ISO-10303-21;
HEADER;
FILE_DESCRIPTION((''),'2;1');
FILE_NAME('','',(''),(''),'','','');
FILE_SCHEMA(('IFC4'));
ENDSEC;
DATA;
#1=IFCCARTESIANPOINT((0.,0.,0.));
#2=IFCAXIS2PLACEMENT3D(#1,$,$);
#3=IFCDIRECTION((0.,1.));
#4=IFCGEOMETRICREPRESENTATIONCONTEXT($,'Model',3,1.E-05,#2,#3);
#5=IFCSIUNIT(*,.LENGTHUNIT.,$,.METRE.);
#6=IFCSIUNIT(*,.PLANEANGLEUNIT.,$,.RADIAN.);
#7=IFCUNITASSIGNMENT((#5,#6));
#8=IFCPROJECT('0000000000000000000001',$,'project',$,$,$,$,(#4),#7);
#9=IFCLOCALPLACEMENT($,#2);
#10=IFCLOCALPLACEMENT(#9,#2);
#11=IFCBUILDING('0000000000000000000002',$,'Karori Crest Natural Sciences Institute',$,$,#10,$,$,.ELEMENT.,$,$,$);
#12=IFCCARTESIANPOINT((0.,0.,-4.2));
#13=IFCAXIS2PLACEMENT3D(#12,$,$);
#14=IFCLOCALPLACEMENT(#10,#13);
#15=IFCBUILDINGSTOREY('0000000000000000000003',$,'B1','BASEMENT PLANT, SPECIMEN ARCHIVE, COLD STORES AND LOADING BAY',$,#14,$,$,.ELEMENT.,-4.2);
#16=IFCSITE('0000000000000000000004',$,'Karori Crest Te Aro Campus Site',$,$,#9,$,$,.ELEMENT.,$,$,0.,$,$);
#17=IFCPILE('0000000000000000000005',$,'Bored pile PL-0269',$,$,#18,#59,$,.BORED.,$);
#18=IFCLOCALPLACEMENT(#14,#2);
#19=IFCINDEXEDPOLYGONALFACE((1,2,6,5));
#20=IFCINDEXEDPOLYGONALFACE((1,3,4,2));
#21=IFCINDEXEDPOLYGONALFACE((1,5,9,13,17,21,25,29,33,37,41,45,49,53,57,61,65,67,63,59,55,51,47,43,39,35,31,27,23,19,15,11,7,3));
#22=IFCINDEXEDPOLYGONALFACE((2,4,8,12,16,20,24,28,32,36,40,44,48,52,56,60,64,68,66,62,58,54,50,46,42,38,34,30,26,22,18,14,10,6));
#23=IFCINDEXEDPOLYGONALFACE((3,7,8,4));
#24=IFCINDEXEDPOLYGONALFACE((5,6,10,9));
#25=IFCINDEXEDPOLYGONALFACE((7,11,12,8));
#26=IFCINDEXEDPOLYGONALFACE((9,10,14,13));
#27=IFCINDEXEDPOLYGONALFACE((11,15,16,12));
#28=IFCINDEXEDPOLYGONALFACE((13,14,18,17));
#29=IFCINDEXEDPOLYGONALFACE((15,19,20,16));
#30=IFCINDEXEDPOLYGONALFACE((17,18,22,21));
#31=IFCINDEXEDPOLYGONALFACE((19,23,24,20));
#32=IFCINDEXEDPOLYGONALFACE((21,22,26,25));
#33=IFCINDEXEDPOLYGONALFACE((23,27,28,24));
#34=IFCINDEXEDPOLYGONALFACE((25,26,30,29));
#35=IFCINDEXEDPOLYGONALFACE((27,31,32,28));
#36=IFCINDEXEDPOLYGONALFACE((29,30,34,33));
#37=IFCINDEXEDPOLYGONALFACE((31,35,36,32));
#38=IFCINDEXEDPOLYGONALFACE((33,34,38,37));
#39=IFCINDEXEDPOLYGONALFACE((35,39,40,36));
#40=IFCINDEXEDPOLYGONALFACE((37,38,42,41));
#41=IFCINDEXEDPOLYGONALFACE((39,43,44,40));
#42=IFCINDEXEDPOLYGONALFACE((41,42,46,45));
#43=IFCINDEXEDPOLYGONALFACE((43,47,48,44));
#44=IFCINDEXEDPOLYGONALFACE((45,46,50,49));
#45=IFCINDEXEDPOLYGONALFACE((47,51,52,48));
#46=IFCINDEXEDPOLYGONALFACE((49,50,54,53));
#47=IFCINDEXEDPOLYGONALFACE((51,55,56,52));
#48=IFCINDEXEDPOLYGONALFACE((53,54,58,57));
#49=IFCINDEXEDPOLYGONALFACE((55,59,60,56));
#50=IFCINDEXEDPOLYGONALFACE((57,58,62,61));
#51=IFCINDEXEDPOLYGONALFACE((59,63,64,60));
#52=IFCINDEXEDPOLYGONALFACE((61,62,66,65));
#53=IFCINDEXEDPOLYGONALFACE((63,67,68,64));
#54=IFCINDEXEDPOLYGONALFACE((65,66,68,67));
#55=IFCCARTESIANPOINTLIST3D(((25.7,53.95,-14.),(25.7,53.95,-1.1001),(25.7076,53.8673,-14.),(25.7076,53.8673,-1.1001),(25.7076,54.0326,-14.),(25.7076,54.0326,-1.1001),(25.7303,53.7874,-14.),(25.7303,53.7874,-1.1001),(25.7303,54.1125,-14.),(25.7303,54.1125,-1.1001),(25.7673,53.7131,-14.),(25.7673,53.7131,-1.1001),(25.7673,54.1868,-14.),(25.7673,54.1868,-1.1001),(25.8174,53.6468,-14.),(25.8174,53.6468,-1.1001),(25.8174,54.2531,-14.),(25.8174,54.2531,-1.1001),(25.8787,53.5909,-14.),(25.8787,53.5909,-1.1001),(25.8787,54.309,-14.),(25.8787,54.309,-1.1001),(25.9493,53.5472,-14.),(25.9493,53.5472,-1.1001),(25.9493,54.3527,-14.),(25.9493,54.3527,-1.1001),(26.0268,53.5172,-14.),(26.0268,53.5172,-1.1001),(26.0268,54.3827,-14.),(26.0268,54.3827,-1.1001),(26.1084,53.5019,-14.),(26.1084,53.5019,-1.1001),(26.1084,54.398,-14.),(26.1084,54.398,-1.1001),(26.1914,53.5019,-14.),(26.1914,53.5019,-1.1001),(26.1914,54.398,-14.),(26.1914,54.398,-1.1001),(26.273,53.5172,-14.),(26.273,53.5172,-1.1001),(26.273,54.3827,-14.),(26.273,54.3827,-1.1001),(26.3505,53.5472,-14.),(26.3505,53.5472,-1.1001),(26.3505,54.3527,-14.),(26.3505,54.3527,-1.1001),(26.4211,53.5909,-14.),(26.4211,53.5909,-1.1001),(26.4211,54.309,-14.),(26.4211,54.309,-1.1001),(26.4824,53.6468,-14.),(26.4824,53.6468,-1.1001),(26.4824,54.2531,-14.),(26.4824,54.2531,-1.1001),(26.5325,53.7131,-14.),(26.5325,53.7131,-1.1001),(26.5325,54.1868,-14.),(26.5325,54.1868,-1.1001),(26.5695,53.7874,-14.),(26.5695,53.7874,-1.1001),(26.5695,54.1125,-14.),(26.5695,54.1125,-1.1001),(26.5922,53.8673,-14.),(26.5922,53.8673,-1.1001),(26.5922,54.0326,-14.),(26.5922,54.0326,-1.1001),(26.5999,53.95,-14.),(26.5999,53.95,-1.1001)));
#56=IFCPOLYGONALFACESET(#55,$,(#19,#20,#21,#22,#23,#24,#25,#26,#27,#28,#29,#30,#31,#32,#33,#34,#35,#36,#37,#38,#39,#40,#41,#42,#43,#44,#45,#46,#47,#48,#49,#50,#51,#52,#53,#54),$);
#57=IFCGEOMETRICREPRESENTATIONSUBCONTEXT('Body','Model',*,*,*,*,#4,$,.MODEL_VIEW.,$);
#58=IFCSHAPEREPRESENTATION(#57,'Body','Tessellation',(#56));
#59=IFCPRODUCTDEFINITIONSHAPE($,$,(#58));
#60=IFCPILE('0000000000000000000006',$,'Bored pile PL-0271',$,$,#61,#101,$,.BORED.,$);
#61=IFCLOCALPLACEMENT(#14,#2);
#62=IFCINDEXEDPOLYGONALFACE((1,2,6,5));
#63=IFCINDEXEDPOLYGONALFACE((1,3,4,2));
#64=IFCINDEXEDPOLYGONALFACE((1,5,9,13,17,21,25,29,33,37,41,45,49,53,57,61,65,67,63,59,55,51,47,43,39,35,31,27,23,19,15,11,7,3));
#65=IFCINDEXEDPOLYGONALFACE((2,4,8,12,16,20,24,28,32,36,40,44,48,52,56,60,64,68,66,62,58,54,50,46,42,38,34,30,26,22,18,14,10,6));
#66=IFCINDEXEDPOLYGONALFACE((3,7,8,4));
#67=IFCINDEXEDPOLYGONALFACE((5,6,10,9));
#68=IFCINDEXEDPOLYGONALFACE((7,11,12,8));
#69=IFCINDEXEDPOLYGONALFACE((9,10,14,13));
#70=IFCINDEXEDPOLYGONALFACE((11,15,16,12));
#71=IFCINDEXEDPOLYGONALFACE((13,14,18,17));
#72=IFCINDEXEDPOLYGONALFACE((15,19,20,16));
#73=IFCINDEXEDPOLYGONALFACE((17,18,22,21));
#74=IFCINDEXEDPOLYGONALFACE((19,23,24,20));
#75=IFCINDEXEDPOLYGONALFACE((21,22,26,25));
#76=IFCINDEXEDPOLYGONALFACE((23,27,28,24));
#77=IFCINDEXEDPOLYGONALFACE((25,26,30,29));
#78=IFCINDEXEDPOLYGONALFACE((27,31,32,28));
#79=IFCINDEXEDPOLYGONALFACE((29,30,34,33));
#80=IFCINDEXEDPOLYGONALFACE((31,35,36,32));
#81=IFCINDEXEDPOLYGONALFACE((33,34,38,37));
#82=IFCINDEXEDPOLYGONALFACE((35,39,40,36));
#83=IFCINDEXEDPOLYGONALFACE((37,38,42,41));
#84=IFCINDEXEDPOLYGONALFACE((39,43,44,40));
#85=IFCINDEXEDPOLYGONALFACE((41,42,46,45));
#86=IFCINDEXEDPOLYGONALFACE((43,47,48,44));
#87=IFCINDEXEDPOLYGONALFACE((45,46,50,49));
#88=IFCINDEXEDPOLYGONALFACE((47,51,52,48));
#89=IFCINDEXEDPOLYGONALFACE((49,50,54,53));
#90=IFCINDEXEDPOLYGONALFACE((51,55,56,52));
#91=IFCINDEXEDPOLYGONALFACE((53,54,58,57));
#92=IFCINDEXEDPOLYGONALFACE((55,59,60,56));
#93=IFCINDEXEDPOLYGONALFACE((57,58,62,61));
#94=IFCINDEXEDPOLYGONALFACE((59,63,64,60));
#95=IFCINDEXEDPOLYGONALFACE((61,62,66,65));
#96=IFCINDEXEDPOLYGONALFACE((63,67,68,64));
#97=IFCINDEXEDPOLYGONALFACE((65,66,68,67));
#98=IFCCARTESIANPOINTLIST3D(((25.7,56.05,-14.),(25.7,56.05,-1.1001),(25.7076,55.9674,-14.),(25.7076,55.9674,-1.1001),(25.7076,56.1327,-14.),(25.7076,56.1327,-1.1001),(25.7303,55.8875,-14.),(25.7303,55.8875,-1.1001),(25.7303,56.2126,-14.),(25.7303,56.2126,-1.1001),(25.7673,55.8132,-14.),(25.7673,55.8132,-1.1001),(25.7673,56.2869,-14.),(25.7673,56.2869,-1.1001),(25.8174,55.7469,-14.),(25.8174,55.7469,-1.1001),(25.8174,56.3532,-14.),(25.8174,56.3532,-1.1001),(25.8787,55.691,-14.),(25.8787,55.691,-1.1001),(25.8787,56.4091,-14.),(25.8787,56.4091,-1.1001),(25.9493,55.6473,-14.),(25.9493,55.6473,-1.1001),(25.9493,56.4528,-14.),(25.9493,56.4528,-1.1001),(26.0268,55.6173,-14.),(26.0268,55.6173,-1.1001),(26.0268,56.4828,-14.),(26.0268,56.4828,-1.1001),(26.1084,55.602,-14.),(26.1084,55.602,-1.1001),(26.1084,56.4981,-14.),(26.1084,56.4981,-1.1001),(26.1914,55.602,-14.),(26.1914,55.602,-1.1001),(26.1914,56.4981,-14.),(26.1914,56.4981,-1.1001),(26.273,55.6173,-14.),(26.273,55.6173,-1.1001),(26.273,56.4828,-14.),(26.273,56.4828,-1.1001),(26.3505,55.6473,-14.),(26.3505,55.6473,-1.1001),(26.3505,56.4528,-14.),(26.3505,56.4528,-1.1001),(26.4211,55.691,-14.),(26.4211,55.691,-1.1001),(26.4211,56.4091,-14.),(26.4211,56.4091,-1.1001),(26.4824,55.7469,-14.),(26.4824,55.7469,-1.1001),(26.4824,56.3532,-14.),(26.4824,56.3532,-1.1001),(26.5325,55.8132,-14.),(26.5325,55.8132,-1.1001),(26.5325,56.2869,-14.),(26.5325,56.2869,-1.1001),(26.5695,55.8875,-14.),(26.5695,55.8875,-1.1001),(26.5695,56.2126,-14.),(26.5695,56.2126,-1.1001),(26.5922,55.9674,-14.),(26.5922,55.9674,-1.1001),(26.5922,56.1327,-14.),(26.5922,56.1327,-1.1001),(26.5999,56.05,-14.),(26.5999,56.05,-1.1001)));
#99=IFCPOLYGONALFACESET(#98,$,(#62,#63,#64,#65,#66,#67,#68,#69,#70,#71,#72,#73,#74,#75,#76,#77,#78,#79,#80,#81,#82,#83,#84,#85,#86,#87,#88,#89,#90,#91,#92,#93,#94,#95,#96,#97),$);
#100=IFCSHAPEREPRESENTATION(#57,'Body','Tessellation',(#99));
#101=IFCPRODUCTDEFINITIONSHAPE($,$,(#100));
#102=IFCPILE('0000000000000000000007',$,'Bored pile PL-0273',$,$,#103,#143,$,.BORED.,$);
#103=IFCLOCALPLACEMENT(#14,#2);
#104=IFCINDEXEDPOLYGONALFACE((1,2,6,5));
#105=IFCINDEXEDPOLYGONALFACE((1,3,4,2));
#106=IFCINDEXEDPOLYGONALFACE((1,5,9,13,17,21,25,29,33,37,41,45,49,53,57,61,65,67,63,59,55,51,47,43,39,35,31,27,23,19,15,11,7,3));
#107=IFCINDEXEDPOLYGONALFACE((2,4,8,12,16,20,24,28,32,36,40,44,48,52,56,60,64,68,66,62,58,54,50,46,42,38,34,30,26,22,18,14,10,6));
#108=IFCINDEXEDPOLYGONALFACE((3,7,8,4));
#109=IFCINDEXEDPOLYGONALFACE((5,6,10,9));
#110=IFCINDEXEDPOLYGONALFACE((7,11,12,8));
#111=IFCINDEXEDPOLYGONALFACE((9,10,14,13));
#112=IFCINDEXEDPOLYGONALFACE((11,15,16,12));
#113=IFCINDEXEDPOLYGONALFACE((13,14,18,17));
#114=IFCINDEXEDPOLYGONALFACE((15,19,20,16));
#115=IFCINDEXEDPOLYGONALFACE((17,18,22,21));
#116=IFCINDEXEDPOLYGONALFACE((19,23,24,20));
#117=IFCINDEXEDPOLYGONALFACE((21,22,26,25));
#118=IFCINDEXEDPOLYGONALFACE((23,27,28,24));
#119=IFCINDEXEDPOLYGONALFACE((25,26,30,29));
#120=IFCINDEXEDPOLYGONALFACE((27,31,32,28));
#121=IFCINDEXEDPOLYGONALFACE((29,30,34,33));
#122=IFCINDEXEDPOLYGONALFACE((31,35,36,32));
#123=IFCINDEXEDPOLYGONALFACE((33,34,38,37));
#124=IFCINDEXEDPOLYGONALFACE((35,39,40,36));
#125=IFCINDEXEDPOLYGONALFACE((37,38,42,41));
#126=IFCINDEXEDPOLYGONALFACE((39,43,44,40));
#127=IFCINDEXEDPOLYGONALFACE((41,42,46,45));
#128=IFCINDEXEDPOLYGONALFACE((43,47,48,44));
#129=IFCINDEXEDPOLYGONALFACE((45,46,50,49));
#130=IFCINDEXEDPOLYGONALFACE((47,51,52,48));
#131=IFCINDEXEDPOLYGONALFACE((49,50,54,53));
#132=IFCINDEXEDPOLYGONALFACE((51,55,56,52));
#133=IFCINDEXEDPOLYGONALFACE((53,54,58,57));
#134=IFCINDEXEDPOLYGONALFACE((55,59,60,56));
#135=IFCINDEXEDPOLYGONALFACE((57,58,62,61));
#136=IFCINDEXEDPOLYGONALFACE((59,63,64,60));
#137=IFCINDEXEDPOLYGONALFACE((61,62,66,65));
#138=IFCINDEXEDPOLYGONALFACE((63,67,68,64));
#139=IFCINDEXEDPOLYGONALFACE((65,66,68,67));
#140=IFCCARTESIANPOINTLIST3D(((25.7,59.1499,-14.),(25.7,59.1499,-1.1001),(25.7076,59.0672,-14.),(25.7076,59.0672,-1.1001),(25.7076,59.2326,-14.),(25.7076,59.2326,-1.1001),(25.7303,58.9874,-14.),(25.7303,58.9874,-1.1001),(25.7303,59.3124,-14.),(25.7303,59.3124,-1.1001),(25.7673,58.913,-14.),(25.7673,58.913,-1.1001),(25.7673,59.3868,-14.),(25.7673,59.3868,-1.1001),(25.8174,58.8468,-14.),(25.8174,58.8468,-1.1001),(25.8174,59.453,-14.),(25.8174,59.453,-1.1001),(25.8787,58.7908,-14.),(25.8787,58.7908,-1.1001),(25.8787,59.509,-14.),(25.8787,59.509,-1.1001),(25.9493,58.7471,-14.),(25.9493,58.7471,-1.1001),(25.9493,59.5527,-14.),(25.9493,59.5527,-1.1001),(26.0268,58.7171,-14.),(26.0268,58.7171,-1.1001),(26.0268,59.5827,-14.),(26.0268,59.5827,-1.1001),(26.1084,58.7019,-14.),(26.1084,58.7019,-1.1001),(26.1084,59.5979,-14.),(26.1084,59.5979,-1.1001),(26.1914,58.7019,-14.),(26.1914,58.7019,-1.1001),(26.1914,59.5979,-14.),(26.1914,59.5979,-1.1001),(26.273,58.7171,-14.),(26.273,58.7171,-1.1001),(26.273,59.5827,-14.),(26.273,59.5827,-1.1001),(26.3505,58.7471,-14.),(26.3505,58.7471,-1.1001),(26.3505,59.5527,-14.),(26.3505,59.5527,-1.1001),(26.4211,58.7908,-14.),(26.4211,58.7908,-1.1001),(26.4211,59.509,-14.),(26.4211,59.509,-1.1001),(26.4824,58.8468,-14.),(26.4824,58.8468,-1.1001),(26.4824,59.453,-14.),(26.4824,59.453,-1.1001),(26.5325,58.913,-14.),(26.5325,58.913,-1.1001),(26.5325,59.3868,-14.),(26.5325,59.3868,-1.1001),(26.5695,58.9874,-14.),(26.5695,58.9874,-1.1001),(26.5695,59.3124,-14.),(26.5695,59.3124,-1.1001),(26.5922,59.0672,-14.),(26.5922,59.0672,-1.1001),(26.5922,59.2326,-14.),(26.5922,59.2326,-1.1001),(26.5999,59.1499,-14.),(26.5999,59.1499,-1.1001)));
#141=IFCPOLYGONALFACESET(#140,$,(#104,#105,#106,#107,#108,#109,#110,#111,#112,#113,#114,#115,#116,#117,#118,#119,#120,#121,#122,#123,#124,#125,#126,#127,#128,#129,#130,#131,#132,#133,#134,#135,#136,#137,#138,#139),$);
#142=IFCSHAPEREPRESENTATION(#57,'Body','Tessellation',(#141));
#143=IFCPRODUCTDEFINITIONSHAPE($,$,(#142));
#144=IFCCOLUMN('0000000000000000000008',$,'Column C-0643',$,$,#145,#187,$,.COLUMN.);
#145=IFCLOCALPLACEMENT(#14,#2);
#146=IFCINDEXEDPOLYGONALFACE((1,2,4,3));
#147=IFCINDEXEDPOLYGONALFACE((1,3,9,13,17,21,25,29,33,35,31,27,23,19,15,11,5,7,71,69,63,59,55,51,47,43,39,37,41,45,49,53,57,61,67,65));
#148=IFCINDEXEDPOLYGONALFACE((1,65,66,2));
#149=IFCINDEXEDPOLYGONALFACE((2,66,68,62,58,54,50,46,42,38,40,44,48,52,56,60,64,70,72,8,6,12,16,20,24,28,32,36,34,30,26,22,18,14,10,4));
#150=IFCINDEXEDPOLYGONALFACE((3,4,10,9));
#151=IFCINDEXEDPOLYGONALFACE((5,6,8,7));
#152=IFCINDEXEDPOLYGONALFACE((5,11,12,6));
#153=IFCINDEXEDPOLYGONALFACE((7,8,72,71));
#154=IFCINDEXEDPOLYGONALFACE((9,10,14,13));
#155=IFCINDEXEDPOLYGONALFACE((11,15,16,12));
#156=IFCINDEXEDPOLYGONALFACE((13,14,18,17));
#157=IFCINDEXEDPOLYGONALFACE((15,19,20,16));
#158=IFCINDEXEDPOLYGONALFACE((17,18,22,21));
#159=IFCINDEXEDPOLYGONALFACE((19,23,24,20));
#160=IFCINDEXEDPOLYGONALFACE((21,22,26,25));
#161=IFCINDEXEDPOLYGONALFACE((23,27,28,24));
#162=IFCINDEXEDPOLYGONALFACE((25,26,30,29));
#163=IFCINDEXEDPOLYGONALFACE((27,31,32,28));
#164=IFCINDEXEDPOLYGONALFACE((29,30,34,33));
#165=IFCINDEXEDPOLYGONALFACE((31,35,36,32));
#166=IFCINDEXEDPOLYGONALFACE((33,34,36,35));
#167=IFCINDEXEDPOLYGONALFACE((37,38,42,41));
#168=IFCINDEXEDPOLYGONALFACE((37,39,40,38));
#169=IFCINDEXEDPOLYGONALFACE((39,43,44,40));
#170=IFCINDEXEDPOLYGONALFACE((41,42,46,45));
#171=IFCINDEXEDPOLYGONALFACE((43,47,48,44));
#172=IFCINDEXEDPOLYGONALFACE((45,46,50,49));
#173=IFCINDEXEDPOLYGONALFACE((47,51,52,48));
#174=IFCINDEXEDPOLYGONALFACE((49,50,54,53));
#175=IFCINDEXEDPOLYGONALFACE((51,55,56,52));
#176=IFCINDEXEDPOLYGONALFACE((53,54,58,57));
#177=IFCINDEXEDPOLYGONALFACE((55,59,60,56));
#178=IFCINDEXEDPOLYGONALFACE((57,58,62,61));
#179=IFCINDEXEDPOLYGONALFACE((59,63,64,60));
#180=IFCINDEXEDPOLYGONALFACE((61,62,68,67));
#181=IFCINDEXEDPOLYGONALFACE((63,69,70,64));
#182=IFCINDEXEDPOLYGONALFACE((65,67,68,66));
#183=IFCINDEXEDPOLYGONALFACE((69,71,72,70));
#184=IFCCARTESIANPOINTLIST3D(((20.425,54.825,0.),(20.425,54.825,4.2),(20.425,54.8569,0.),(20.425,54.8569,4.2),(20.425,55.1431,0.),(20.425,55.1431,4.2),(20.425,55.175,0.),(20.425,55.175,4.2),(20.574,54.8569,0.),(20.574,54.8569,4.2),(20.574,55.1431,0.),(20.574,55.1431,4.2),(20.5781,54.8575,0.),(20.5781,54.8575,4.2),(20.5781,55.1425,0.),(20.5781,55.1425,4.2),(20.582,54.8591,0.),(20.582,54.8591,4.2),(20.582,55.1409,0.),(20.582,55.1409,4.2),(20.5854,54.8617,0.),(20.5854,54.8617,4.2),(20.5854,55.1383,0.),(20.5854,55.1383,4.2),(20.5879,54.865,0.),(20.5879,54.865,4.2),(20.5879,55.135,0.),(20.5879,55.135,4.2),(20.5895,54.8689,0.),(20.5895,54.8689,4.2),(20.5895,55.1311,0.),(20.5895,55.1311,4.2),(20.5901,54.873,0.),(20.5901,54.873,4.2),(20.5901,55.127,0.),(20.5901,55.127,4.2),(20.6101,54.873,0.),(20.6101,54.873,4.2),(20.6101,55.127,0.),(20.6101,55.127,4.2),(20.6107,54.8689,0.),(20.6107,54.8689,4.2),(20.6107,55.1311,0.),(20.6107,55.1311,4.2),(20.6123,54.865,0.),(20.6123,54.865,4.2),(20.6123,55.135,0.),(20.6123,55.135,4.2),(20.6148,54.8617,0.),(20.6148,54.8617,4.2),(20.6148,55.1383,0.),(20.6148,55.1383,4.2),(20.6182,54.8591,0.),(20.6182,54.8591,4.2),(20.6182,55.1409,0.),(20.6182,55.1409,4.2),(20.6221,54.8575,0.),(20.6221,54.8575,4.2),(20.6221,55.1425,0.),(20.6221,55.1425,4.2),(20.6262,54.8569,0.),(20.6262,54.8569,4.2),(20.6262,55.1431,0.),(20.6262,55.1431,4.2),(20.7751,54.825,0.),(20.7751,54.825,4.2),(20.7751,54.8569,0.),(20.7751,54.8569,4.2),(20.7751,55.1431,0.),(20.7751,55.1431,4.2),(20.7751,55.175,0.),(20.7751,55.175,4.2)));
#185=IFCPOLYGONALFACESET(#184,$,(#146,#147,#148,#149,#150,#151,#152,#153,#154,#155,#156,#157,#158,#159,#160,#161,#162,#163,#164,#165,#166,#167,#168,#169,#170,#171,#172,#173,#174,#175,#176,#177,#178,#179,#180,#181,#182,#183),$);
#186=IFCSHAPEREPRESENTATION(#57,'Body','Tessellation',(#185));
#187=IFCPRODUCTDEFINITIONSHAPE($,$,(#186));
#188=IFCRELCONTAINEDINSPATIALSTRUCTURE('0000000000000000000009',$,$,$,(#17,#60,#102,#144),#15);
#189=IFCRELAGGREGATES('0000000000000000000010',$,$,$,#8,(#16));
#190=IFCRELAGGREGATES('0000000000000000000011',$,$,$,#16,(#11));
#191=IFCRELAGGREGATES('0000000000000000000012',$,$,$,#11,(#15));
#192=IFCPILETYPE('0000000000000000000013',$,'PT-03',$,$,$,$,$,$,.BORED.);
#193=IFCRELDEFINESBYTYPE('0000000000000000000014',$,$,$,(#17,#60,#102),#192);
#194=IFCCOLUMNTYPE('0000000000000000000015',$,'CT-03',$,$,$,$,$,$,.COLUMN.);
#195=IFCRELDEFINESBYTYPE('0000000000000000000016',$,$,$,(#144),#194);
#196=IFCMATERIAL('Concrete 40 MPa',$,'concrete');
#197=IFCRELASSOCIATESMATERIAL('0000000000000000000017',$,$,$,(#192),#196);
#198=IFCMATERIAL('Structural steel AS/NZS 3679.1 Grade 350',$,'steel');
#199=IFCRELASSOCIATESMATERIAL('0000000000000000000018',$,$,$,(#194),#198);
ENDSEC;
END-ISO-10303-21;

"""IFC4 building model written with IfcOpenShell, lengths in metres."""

from ifc_helpers import new_model, si_unit, direction, frame, origin, origin_2d, place, context, subcontext, project, spatial, circle, i_section, extrude, material, material_profile, profile_set, type_object, element, save


model = new_model("IFC4")

# Units and contexts
model_context = context("Model", 3, precision=1e-05, world=origin(), true_north=direction((0.0, 1.0)))
body_context = subcontext(model_context, "Body", "Model", "MODEL_VIEW")
ifc_project = project(units=[si_unit("LENGTHUNIT", "METRE"), si_unit("PLANEANGLEUNIT", "RADIAN")], contexts=[model_context])

# Site, building, storey
site_placement = place(None, origin())
site = spatial("IfcSite", under=ifc_project, at=site_placement, Name="Karori Crest Te Aro Campus Site", CompositionType="ELEMENT", RefElevation=0.0)
building_placement = place(site_placement, origin())
building = spatial("IfcBuilding", under=site, at=building_placement, Name="Karori Crest Natural Sciences Institute", CompositionType="ELEMENT")
storey_placement = place(building_placement, frame((0.0, 0.0, -4.2)))
storey = spatial("IfcBuildingStorey", under=building, at=storey_placement, Name="B1", Description="BASEMENT PLANT, SPECIMEN ARCHIVE, COLD STORES AND LOADING BAY", CompositionType="ELEMENT", Elevation=-4.2)

# Shared definitions
ifc_material_1 = material(Name="Concrete 40 MPa", Category="concrete")

# Piles
ifc_material_profile_1 = material_profile(ifc_material_1, circle(Radius=0.45, at=origin_2d()), Name="PILE900")
ifc_profile_set_1 = profile_set([ifc_material_profile_1], Name="Concrete 40 MPa")
pile_type = type_object("IfcPileType", Name="PT-03", PredefinedType="BORED", material=ifc_profile_set_1)
for number, where, z_axis, x_axis, name in (
    (1, (26.1499, 53.95, -1.1001), (0.0, 0.0, -1.0), (1.0, 0.0, 0.0), "Bored pile PL-0269"),
    (2, (26.1499, 56.05, -1.1001), (0.0, 0.0, -1.0), (1.0, 0.0, 0.0), "Bored pile PL-0271"),
    (3, (26.1499, 59.1499, -1.1001), (0.0, 0.0, -1.0), (1.0, 0.0, 0.0), "Bored pile PL-0273"),
):
    element("IfcPile", number, at=place(storey_placement, frame(where, z_axis=z_axis, x_axis=x_axis)), inside=storey, type_object=pile_type, Name=name, PredefinedType="BORED", context=body_context, shape_type="SweptSolid", body=[
        extrude(circle(Radius=0.45, at=origin_2d()), origin(), (0.0, 0.0, 1.0), 12.8999),
    ])

# Column
ifc_material_2 = material(Name="Structural steel AS/NZS 3679.1 Grade 350", Category="steel")
ifc_material_profile_2 = material_profile(ifc_material_2, i_section(OverallWidth=0.3501, OverallDepth=0.3501, WebThickness=0.02, FlangeThickness=0.032, FilletRadius=0.0161, at=origin_2d()), Name="350WC280")
ifc_profile_set_2 = profile_set([ifc_material_profile_2], Name="Structural steel AS/NZS 3679.1 Grade 350")
column_type = type_object("IfcColumnType", Name="CT-03", PredefinedType="COLUMN", material=ifc_profile_set_2)
for number, where, z_axis, x_axis, name in (
    (4, (20.6001, 55.0, 0.0), (0.0, 0.0, 1.0), (1.0, 0.0, 0.0), "Column C-0643"),
):
    element("IfcColumn", number, at=place(storey_placement, frame(where, z_axis=z_axis, x_axis=x_axis)), inside=storey, type_object=column_type, Name=name, PredefinedType="COLUMN", context=body_context, shape_type="SweptSolid", body=[
        extrude(i_section(OverallWidth=0.3501, OverallDepth=0.3501, WebThickness=0.02, FlangeThickness=0.032, FilletRadius=0.0161, at=origin_2d()), origin(), (0.0, 0.0, 1.0), 4.2),
    ])

save(model, "model.ifc")
